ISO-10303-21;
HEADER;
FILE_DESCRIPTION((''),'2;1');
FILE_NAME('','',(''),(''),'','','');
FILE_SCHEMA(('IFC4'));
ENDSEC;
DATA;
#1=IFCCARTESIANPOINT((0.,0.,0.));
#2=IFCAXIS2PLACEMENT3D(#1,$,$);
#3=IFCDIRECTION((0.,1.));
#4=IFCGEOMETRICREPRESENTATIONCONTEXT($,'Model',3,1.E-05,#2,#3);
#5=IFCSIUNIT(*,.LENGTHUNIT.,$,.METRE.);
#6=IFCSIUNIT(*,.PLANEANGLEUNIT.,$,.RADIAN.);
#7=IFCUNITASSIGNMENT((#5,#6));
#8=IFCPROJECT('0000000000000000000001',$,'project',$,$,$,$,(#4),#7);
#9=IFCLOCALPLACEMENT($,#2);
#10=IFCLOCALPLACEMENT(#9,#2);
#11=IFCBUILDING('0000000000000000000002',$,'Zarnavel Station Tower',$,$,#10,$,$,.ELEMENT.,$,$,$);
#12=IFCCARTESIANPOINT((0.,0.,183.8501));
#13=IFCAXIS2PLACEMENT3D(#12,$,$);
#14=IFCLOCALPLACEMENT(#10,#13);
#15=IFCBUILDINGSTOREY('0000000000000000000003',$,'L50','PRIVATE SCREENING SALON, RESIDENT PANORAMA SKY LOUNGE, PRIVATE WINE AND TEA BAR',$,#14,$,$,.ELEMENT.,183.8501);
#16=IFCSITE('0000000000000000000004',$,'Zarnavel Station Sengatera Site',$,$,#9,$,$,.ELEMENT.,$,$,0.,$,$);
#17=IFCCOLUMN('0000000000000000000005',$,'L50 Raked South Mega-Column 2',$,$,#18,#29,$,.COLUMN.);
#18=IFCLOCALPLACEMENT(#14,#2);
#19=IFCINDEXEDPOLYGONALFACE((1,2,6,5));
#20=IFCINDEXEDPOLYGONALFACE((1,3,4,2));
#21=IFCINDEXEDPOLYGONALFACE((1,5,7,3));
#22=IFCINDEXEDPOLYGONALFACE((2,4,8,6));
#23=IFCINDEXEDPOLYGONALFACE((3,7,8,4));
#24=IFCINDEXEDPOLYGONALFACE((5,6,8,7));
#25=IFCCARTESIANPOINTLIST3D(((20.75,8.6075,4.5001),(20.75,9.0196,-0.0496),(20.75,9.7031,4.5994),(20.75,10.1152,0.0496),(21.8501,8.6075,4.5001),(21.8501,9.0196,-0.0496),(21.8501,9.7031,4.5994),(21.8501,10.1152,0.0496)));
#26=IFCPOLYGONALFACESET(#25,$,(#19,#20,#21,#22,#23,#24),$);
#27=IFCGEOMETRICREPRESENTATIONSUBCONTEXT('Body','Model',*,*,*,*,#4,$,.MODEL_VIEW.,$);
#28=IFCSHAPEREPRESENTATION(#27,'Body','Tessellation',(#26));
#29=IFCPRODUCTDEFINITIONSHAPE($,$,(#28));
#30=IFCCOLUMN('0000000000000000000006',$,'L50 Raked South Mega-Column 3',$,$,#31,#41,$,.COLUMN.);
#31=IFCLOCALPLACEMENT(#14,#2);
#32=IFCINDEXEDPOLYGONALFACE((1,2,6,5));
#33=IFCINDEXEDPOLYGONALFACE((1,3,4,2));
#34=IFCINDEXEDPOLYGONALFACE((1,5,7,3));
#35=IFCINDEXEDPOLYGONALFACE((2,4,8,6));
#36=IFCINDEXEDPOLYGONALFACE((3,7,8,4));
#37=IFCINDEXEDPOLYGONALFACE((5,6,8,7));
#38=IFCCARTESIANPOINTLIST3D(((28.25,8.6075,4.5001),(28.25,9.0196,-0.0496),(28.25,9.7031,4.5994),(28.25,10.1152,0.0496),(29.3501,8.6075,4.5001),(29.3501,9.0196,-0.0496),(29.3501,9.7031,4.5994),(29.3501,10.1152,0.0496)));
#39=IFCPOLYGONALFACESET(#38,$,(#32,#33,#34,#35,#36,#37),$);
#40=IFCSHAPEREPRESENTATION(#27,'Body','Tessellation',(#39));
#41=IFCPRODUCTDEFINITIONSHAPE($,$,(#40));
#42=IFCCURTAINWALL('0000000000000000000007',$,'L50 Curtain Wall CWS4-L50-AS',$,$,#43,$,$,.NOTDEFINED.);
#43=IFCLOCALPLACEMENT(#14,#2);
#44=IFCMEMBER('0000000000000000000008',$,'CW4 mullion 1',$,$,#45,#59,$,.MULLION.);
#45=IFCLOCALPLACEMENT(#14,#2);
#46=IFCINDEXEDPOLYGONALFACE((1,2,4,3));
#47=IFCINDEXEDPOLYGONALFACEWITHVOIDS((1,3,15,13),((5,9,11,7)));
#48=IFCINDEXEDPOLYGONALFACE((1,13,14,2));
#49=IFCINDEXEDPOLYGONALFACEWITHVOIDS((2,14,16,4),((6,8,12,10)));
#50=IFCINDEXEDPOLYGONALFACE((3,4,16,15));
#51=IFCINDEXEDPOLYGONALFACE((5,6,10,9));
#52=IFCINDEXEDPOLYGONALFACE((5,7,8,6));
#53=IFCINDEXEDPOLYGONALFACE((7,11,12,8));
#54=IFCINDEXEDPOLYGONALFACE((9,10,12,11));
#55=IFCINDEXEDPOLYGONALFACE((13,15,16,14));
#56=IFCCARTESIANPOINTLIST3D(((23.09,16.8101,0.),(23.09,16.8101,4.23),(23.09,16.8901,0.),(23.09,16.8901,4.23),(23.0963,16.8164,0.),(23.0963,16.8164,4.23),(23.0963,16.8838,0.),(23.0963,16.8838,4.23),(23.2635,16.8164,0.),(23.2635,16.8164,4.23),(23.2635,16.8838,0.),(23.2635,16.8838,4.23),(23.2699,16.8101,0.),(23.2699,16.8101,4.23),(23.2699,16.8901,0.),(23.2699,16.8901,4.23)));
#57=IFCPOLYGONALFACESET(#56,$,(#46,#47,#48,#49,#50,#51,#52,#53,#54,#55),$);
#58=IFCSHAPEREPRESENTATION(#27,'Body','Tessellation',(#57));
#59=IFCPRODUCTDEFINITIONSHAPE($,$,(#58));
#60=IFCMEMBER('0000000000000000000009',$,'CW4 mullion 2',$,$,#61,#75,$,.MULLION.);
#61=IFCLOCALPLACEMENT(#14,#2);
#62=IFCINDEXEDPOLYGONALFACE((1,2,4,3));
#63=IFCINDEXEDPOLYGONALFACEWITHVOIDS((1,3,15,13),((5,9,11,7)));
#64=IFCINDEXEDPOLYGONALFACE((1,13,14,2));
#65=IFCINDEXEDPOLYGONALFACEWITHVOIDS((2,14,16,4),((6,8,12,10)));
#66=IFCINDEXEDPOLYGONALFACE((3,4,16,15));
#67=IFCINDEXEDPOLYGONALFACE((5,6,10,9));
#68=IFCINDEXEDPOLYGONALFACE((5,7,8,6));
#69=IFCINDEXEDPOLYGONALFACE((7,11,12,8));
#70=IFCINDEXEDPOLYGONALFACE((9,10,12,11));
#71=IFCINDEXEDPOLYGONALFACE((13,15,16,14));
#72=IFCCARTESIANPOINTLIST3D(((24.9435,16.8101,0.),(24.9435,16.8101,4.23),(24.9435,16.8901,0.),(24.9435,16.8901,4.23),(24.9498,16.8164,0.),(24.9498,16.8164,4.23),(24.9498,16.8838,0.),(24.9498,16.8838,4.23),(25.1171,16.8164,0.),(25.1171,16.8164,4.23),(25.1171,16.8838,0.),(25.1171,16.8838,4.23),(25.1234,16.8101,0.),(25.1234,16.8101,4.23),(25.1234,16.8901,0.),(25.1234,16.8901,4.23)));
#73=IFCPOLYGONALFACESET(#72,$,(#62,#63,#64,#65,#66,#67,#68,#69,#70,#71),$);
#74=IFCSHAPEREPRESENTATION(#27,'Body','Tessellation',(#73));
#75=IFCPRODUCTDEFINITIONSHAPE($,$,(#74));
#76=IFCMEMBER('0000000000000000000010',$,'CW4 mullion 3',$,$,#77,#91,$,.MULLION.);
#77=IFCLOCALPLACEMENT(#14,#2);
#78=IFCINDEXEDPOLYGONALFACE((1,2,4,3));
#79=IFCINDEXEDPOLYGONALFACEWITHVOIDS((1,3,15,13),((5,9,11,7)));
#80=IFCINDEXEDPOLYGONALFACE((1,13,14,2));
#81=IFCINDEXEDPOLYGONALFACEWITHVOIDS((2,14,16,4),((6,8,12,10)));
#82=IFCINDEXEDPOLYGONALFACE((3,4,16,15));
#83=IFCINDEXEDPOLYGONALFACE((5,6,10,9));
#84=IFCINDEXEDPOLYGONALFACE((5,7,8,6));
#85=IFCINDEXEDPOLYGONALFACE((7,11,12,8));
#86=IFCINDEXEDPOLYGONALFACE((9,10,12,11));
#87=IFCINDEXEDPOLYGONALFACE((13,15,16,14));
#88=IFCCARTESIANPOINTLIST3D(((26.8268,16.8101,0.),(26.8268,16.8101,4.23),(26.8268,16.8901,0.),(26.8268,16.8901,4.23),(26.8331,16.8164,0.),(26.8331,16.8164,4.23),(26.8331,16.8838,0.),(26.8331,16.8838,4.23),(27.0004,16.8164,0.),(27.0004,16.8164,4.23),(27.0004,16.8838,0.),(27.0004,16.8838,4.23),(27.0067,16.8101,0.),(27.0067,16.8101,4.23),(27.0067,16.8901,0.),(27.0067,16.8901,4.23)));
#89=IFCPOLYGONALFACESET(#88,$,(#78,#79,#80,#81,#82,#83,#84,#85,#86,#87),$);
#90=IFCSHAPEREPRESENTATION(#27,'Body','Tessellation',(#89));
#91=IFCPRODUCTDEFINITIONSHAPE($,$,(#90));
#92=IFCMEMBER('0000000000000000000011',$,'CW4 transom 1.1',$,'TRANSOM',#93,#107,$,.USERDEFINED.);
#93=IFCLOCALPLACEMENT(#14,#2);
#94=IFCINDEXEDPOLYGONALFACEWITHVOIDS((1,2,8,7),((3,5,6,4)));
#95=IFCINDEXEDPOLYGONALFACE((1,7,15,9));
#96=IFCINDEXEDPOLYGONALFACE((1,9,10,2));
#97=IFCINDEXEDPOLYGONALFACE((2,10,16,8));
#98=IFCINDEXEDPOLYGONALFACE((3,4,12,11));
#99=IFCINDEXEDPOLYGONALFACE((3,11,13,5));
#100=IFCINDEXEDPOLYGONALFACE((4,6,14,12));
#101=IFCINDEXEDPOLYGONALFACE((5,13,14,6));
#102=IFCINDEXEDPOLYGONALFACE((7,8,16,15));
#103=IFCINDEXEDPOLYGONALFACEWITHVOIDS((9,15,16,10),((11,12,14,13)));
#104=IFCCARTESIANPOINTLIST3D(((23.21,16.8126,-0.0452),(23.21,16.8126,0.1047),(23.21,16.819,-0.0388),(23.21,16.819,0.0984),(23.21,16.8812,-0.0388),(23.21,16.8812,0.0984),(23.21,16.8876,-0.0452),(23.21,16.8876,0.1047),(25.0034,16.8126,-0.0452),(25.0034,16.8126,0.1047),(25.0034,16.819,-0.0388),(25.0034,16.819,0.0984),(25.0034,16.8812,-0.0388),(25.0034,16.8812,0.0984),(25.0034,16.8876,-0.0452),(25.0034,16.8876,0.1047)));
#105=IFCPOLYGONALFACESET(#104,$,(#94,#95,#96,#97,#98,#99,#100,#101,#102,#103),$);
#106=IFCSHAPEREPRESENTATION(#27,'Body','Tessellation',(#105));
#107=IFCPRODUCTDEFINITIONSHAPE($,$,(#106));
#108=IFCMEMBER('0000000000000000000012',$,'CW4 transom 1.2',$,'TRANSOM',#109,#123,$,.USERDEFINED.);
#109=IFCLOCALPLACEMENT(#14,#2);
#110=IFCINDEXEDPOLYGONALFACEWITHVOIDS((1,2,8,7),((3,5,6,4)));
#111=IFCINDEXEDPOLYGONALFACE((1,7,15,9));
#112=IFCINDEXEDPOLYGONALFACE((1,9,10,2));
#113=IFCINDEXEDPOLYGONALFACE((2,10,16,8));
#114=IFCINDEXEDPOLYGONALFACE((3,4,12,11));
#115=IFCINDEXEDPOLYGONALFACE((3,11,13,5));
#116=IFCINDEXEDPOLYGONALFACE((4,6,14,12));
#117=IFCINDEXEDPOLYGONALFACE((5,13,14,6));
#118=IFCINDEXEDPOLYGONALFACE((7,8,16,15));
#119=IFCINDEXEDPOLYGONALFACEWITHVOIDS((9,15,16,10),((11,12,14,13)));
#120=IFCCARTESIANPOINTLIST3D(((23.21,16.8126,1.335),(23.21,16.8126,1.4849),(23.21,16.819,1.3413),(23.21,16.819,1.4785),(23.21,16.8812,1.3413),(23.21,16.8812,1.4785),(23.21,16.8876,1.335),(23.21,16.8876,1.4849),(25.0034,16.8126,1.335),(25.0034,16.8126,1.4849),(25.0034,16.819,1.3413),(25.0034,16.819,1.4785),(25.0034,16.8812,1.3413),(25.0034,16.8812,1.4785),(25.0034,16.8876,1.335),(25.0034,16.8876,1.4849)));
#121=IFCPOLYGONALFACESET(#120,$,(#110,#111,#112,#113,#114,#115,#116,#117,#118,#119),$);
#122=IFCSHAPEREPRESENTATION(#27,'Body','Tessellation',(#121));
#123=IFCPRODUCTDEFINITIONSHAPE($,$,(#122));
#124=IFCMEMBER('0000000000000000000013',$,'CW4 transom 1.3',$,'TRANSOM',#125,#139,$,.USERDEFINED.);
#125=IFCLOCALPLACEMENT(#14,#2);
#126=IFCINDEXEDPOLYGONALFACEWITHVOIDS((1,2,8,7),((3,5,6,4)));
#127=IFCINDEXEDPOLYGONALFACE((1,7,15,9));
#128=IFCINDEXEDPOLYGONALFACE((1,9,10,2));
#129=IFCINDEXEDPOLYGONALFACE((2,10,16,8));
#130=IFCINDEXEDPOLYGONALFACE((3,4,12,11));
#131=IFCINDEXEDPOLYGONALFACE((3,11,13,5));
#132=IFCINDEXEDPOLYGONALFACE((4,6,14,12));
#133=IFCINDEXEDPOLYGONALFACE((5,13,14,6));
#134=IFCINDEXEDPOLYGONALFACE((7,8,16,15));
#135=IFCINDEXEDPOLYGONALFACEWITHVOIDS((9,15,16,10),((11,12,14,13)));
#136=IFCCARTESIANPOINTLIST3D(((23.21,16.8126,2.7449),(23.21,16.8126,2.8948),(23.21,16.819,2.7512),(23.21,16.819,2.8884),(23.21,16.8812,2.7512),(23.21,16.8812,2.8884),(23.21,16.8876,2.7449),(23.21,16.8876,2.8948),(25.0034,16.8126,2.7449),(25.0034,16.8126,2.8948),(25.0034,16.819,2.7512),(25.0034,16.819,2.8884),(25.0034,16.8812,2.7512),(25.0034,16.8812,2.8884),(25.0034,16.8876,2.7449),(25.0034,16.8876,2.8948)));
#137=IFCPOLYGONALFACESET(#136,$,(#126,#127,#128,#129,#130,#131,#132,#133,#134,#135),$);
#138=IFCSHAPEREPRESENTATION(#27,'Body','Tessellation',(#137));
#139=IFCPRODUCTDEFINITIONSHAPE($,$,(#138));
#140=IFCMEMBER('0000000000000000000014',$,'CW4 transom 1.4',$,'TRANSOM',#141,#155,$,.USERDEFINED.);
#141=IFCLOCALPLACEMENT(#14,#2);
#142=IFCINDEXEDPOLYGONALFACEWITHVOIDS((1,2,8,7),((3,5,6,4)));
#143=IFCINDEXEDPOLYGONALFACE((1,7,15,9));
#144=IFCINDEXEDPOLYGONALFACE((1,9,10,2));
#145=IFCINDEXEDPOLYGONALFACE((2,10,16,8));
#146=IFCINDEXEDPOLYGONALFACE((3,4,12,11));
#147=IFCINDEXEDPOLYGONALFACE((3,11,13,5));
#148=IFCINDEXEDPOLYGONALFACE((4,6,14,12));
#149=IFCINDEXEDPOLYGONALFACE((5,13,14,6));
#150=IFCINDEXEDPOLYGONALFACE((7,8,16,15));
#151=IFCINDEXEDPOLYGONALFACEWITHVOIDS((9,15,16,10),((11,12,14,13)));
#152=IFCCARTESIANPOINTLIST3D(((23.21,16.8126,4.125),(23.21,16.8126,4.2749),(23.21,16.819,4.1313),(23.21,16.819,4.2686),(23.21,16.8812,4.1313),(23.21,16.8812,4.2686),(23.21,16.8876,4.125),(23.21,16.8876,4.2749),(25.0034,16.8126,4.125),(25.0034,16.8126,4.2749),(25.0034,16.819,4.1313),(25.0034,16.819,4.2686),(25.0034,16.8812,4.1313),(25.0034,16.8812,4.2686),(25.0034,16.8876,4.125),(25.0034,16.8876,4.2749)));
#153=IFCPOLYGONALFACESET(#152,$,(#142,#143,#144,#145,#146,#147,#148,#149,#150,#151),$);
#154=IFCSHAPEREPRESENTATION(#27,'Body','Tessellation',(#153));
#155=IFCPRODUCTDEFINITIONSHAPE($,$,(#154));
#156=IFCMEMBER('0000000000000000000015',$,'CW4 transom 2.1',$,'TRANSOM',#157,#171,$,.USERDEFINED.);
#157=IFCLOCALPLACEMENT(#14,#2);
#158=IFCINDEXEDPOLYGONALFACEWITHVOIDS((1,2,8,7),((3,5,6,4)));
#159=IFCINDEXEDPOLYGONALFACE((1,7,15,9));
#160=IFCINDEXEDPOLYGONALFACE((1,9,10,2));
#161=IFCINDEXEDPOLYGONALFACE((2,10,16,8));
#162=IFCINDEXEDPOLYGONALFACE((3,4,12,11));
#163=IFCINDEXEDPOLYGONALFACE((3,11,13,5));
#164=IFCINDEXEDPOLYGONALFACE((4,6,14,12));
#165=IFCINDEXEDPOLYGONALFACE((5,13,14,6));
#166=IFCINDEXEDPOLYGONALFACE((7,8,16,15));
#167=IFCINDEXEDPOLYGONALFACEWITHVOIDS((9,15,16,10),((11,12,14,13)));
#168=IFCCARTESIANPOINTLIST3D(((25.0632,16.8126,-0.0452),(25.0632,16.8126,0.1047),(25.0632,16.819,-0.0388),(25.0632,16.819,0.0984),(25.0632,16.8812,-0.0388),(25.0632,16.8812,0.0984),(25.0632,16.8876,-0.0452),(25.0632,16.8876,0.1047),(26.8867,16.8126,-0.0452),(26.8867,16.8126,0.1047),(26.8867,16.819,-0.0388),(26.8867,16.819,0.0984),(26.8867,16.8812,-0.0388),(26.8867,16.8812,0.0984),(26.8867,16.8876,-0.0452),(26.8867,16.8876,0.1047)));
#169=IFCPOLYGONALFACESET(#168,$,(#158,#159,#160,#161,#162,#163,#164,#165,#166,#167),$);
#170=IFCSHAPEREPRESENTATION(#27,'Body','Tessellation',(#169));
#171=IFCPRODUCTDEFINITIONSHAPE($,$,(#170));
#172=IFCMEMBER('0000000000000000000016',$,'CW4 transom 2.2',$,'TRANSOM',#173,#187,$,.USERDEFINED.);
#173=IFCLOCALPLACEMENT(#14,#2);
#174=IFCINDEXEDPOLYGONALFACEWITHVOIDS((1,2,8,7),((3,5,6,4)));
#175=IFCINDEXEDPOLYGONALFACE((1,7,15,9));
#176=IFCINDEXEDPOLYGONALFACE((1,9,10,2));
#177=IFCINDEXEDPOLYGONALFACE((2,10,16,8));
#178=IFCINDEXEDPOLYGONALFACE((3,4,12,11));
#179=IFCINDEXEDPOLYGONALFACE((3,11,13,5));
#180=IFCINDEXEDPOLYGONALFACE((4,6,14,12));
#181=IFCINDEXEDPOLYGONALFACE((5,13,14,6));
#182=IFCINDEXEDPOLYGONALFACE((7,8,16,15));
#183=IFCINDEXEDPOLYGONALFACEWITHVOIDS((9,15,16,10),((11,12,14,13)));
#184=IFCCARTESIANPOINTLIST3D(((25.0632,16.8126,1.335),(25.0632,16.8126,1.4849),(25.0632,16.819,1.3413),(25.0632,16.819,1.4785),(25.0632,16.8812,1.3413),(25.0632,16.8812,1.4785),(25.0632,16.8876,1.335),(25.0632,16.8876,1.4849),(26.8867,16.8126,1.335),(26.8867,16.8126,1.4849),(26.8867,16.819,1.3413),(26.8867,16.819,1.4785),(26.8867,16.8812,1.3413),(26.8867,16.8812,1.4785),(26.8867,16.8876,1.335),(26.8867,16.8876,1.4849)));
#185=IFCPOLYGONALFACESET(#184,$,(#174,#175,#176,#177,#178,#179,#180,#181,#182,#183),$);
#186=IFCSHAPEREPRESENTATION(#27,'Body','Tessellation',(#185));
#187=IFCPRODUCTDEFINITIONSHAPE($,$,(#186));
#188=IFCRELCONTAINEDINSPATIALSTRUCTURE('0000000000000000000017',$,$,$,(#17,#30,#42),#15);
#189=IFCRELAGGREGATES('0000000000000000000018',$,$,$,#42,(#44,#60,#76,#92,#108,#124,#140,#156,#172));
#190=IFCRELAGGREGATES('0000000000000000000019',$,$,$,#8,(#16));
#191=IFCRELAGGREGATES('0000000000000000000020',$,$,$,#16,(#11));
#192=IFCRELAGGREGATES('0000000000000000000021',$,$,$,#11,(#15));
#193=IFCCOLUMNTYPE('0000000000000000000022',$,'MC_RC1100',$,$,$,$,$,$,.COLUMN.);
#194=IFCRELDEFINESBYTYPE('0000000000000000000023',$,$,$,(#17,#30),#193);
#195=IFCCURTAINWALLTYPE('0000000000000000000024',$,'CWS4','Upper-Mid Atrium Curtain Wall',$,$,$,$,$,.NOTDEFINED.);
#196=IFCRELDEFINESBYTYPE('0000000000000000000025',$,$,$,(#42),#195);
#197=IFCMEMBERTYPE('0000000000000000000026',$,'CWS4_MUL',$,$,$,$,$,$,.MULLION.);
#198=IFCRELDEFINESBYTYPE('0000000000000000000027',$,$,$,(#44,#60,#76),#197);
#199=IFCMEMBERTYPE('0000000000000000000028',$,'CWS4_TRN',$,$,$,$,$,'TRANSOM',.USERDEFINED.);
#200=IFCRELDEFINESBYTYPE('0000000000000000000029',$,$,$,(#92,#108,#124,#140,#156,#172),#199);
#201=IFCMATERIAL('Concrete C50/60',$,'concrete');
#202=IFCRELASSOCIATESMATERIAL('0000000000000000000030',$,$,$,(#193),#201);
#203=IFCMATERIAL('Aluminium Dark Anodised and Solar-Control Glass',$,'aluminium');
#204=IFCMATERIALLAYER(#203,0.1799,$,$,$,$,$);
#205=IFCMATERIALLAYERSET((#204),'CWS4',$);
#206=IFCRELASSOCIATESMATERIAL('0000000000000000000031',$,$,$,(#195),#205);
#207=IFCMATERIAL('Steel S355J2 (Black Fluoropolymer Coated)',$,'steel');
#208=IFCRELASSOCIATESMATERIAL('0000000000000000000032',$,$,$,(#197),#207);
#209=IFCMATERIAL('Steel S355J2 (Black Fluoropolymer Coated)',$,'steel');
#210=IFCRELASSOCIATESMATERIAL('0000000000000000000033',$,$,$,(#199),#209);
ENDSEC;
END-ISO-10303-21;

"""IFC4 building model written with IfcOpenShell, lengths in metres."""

from ifc_helpers import new_model, si_unit, direction, frame, origin, origin_2d, place, context, subcontext, project, spatial, rectangle, hollow_rectangle, extrude, material, layer, layer_set, material_profile, profile_set, type_object, element, aggregate, save


model = new_model("IFC4")

# Units and contexts
model_context = context("Model", 3, precision=1e-05, world=origin(), true_north=direction((0.0, 1.0)))
body_context = subcontext(model_context, "Body", "Model", "MODEL_VIEW")
ifc_project = project(units=[si_unit("LENGTHUNIT", "METRE"), si_unit("PLANEANGLEUNIT", "RADIAN")], contexts=[model_context])

# Site, building, storey
site_placement = place(None, origin())
site = spatial("IfcSite", under=ifc_project, at=site_placement, Name="Zarnavel Station Sengatera Site", CompositionType="ELEMENT", RefElevation=0.0)
building_placement = place(site_placement, origin())
building = spatial("IfcBuilding", under=site, at=building_placement, Name="Zarnavel Station Tower", CompositionType="ELEMENT")
storey_placement = place(building_placement, frame((0.0, 0.0, 183.8501)))
storey = spatial("IfcBuildingStorey", under=building, at=storey_placement, Name="L50", Description="PRIVATE SCREENING SALON, RESIDENT PANORAMA SKY LOUNGE, PRIVATE WINE AND TEA BAR", CompositionType="ELEMENT", Elevation=183.8501)

# Columns
ifc_material_1 = material(Name="Concrete C50/60", Category="concrete")
ifc_material_profile_1 = material_profile(ifc_material_1, rectangle(XDim=1.1001, YDim=1.1001, at=origin_2d()), Name="RC1100x1100")
ifc_profile_set_1 = profile_set([ifc_material_profile_1], Name="Concrete C50/60")
column_type = type_object("IfcColumnType", Name="MC_RC1100", PredefinedType="COLUMN", material=ifc_profile_set_1)
for number, where, z_axis, x_axis, name in (
    (1, (21.3, 9.5674, 0.0), (0.0, -0.090208, 0.995923), (1.0, 0.0, 0.0), "L50 Raked South Mega-Column 2"),
    (2, (28.8, 9.5674, 0.0), (0.0, -0.090208, 0.995923), (1.0, 0.0, 0.0), "L50 Raked South Mega-Column 3"),
):
    element("IfcColumn", number, at=place(storey_placement, frame(where, z_axis=z_axis, x_axis=x_axis)), inside=storey, type_object=column_type, Name=name, PredefinedType="COLUMN", context=body_context, shape_type="SweptSolid", body=[
        extrude(rectangle(XDim=1.1001, YDim=1.1001, at=origin_2d()), origin(), (0.0, 0.0, 1.0), 4.5684),
    ])

# Curtain wall, members
ifc_material_2 = material(Name="Aluminium Dark Anodised and Solar-Control Glass", Category="aluminium")
ifc_layer_1 = layer(ifc_material_2, 0.1799)
ifc_layer_set_1 = layer_set([ifc_layer_1], Name="CWS4")
curtain_wall_type = type_object("IfcCurtainWallType", Name="CWS4", Description="Upper-Mid Atrium Curtain Wall", PredefinedType="NOTDEFINED", material=ifc_layer_set_1)
curtain_wall_placement = place(storey_placement, origin())
curtain_wall = element("IfcCurtainWall", 3, at=curtain_wall_placement, inside=storey, type_object=curtain_wall_type, Name="L50 Curtain Wall CWS4-L50-AS", PredefinedType="NOTDEFINED")
ifc_material_3 = material(Name="Steel S355J2 (Black Fluoropolymer Coated)", Category="steel")
ifc_material_profile_2 = material_profile(ifc_material_3, hollow_rectangle(XDim=0.0801, YDim=0.1799, WallThickness=0.0063, at=origin_2d()), Name="RHS180x80x6.3")
ifc_profile_set_2 = profile_set([ifc_material_profile_2], Name="Steel S355J2 (Black Fluoropolymer Coated)")
member_type_1 = type_object("IfcMemberType", Name="CWS4_MUL", PredefinedType="MULLION", material=ifc_profile_set_2)
member_1_placement = place(storey_placement, frame((23.1799, 16.8501, 0.0), z_axis=(0.0, 0.0, 1.0), x_axis=(0.0, 1.0, 0.0)))
member_1 = element("IfcMember", 4, at=member_1_placement, type_object=member_type_1, Name="CW4 mullion 1", PredefinedType="MULLION", context=body_context, shape_type="SweptSolid", body=[
    extrude(hollow_rectangle(XDim=0.0801, YDim=0.1799, WallThickness=0.0063, at=origin_2d()), origin(), (0.0, 0.0, 1.0), 4.23),
])
member_2_placement = place(storey_placement, frame((25.0334, 16.8501, 0.0), z_axis=(0.0, 0.0, 1.0), x_axis=(0.0, 1.0, 0.0)))
member_2 = element("IfcMember", 5, at=member_2_placement, type_object=member_type_1, Name="CW4 mullion 2", PredefinedType="MULLION", context=body_context, shape_type="SweptSolid", body=[
    extrude(hollow_rectangle(XDim=0.0801, YDim=0.1799, WallThickness=0.0063, at=origin_2d()), origin(), (0.0, 0.0, 1.0), 4.23),
])
member_3_placement = place(storey_placement, frame((26.9167, 16.8501, 0.0), z_axis=(0.0, 0.0, 1.0), x_axis=(0.0, 1.0, 0.0)))
member_3 = element("IfcMember", 6, at=member_3_placement, type_object=member_type_1, Name="CW4 mullion 3", PredefinedType="MULLION", context=body_context, shape_type="SweptSolid", body=[
    extrude(hollow_rectangle(XDim=0.0801, YDim=0.1799, WallThickness=0.0063, at=origin_2d()), origin(), (0.0, 0.0, 1.0), 4.23),
])
ifc_material_4 = material(Name="Steel S355J2 (Black Fluoropolymer Coated)", Category="steel")
ifc_material_profile_3 = material_profile(ifc_material_4, hollow_rectangle(XDim=0.075, YDim=0.1499, WallThickness=0.0063, at=origin_2d()), Name="RHS150x75x6.3")
ifc_profile_set_3 = profile_set([ifc_material_profile_3], Name="Steel S355J2 (Black Fluoropolymer Coated)")
member_type_2 = type_object("IfcMemberType", Name="CWS4_TRN", ElementType="TRANSOM", PredefinedType="USERDEFINED", material=ifc_profile_set_3)
member_4_placement = place(storey_placement, frame((23.21, 16.8501, 0.0298), z_axis=(1.0, 0.0, 0.0), x_axis=(0.0, 1.0, 0.0)))
member_4 = element("IfcMember", 7, at=member_4_placement, type_object=member_type_2, Name="CW4 transom 1.1", ObjectType="TRANSOM", PredefinedType="USERDEFINED", context=body_context, shape_type="SweptSolid", body=[
    extrude(hollow_rectangle(XDim=0.075, YDim=0.1499, WallThickness=0.0063, at=origin_2d()), origin(), (0.0, 0.0, 1.0), 1.7935),
])
member_5_placement = place(storey_placement, frame((23.21, 16.8501, 1.4099), z_axis=(1.0, 0.0, 0.0), x_axis=(0.0, 1.0, 0.0)))
member_5 = element("IfcMember", 8, at=member_5_placement, type_object=member_type_2, Name="CW4 transom 1.2", ObjectType="TRANSOM", PredefinedType="USERDEFINED", context=body_context, shape_type="SweptSolid", body=[
    extrude(hollow_rectangle(XDim=0.075, YDim=0.1499, WallThickness=0.0063, at=origin_2d()), origin(), (0.0, 0.0, 1.0), 1.7935),
])
member_6_placement = place(storey_placement, frame((23.21, 16.8501, 2.8198), z_axis=(1.0, 0.0, 0.0), x_axis=(0.0, 1.0, 0.0)))
member_6 = element("IfcMember", 9, at=member_6_placement, type_object=member_type_2, Name="CW4 transom 1.3", ObjectType="TRANSOM", PredefinedType="USERDEFINED", context=body_context, shape_type="SweptSolid", body=[
    extrude(hollow_rectangle(XDim=0.075, YDim=0.1499, WallThickness=0.0063, at=origin_2d()), origin(), (0.0, 0.0, 1.0), 1.7935),
])
member_7_placement = place(storey_placement, frame((23.21, 16.8501, 4.2), z_axis=(1.0, 0.0, 0.0), x_axis=(0.0, 1.0, 0.0)))
member_7 = element("IfcMember", 10, at=member_7_placement, type_object=member_type_2, Name="CW4 transom 1.4", ObjectType="TRANSOM", PredefinedType="USERDEFINED", context=body_context, shape_type="SweptSolid", body=[
    extrude(hollow_rectangle(XDim=0.075, YDim=0.1499, WallThickness=0.0063, at=origin_2d()), origin(), (0.0, 0.0, 1.0), 1.7935),
])
member_8_placement = place(storey_placement, frame((25.0632, 16.8501, 0.0298), z_axis=(1.0, 0.0, 0.0), x_axis=(0.0, 1.0, 0.0)))
member_8 = element("IfcMember", 11, at=member_8_placement, type_object=member_type_2, Name="CW4 transom 2.1", ObjectType="TRANSOM", PredefinedType="USERDEFINED", context=body_context, shape_type="SweptSolid", body=[
    extrude(hollow_rectangle(XDim=0.075, YDim=0.1499, WallThickness=0.0063, at=origin_2d()), origin(), (0.0, 0.0, 1.0), 1.8235),
])
member_9_placement = place(storey_placement, frame((25.0632, 16.8501, 1.4099), z_axis=(1.0, 0.0, 0.0), x_axis=(0.0, 1.0, 0.0)))
member_9 = element("IfcMember", 12, at=member_9_placement, type_object=member_type_2, Name="CW4 transom 2.2", ObjectType="TRANSOM", PredefinedType="USERDEFINED", context=body_context, shape_type="SweptSolid", body=[
    extrude(hollow_rectangle(XDim=0.075, YDim=0.1499, WallThickness=0.0063, at=origin_2d()), origin(), (0.0, 0.0, 1.0), 1.8235),
])

aggregate(curtain_wall, [member_1, member_2, member_3, member_4, member_5, member_6, member_7, member_8, member_9])

save(model, "model.ifc")
